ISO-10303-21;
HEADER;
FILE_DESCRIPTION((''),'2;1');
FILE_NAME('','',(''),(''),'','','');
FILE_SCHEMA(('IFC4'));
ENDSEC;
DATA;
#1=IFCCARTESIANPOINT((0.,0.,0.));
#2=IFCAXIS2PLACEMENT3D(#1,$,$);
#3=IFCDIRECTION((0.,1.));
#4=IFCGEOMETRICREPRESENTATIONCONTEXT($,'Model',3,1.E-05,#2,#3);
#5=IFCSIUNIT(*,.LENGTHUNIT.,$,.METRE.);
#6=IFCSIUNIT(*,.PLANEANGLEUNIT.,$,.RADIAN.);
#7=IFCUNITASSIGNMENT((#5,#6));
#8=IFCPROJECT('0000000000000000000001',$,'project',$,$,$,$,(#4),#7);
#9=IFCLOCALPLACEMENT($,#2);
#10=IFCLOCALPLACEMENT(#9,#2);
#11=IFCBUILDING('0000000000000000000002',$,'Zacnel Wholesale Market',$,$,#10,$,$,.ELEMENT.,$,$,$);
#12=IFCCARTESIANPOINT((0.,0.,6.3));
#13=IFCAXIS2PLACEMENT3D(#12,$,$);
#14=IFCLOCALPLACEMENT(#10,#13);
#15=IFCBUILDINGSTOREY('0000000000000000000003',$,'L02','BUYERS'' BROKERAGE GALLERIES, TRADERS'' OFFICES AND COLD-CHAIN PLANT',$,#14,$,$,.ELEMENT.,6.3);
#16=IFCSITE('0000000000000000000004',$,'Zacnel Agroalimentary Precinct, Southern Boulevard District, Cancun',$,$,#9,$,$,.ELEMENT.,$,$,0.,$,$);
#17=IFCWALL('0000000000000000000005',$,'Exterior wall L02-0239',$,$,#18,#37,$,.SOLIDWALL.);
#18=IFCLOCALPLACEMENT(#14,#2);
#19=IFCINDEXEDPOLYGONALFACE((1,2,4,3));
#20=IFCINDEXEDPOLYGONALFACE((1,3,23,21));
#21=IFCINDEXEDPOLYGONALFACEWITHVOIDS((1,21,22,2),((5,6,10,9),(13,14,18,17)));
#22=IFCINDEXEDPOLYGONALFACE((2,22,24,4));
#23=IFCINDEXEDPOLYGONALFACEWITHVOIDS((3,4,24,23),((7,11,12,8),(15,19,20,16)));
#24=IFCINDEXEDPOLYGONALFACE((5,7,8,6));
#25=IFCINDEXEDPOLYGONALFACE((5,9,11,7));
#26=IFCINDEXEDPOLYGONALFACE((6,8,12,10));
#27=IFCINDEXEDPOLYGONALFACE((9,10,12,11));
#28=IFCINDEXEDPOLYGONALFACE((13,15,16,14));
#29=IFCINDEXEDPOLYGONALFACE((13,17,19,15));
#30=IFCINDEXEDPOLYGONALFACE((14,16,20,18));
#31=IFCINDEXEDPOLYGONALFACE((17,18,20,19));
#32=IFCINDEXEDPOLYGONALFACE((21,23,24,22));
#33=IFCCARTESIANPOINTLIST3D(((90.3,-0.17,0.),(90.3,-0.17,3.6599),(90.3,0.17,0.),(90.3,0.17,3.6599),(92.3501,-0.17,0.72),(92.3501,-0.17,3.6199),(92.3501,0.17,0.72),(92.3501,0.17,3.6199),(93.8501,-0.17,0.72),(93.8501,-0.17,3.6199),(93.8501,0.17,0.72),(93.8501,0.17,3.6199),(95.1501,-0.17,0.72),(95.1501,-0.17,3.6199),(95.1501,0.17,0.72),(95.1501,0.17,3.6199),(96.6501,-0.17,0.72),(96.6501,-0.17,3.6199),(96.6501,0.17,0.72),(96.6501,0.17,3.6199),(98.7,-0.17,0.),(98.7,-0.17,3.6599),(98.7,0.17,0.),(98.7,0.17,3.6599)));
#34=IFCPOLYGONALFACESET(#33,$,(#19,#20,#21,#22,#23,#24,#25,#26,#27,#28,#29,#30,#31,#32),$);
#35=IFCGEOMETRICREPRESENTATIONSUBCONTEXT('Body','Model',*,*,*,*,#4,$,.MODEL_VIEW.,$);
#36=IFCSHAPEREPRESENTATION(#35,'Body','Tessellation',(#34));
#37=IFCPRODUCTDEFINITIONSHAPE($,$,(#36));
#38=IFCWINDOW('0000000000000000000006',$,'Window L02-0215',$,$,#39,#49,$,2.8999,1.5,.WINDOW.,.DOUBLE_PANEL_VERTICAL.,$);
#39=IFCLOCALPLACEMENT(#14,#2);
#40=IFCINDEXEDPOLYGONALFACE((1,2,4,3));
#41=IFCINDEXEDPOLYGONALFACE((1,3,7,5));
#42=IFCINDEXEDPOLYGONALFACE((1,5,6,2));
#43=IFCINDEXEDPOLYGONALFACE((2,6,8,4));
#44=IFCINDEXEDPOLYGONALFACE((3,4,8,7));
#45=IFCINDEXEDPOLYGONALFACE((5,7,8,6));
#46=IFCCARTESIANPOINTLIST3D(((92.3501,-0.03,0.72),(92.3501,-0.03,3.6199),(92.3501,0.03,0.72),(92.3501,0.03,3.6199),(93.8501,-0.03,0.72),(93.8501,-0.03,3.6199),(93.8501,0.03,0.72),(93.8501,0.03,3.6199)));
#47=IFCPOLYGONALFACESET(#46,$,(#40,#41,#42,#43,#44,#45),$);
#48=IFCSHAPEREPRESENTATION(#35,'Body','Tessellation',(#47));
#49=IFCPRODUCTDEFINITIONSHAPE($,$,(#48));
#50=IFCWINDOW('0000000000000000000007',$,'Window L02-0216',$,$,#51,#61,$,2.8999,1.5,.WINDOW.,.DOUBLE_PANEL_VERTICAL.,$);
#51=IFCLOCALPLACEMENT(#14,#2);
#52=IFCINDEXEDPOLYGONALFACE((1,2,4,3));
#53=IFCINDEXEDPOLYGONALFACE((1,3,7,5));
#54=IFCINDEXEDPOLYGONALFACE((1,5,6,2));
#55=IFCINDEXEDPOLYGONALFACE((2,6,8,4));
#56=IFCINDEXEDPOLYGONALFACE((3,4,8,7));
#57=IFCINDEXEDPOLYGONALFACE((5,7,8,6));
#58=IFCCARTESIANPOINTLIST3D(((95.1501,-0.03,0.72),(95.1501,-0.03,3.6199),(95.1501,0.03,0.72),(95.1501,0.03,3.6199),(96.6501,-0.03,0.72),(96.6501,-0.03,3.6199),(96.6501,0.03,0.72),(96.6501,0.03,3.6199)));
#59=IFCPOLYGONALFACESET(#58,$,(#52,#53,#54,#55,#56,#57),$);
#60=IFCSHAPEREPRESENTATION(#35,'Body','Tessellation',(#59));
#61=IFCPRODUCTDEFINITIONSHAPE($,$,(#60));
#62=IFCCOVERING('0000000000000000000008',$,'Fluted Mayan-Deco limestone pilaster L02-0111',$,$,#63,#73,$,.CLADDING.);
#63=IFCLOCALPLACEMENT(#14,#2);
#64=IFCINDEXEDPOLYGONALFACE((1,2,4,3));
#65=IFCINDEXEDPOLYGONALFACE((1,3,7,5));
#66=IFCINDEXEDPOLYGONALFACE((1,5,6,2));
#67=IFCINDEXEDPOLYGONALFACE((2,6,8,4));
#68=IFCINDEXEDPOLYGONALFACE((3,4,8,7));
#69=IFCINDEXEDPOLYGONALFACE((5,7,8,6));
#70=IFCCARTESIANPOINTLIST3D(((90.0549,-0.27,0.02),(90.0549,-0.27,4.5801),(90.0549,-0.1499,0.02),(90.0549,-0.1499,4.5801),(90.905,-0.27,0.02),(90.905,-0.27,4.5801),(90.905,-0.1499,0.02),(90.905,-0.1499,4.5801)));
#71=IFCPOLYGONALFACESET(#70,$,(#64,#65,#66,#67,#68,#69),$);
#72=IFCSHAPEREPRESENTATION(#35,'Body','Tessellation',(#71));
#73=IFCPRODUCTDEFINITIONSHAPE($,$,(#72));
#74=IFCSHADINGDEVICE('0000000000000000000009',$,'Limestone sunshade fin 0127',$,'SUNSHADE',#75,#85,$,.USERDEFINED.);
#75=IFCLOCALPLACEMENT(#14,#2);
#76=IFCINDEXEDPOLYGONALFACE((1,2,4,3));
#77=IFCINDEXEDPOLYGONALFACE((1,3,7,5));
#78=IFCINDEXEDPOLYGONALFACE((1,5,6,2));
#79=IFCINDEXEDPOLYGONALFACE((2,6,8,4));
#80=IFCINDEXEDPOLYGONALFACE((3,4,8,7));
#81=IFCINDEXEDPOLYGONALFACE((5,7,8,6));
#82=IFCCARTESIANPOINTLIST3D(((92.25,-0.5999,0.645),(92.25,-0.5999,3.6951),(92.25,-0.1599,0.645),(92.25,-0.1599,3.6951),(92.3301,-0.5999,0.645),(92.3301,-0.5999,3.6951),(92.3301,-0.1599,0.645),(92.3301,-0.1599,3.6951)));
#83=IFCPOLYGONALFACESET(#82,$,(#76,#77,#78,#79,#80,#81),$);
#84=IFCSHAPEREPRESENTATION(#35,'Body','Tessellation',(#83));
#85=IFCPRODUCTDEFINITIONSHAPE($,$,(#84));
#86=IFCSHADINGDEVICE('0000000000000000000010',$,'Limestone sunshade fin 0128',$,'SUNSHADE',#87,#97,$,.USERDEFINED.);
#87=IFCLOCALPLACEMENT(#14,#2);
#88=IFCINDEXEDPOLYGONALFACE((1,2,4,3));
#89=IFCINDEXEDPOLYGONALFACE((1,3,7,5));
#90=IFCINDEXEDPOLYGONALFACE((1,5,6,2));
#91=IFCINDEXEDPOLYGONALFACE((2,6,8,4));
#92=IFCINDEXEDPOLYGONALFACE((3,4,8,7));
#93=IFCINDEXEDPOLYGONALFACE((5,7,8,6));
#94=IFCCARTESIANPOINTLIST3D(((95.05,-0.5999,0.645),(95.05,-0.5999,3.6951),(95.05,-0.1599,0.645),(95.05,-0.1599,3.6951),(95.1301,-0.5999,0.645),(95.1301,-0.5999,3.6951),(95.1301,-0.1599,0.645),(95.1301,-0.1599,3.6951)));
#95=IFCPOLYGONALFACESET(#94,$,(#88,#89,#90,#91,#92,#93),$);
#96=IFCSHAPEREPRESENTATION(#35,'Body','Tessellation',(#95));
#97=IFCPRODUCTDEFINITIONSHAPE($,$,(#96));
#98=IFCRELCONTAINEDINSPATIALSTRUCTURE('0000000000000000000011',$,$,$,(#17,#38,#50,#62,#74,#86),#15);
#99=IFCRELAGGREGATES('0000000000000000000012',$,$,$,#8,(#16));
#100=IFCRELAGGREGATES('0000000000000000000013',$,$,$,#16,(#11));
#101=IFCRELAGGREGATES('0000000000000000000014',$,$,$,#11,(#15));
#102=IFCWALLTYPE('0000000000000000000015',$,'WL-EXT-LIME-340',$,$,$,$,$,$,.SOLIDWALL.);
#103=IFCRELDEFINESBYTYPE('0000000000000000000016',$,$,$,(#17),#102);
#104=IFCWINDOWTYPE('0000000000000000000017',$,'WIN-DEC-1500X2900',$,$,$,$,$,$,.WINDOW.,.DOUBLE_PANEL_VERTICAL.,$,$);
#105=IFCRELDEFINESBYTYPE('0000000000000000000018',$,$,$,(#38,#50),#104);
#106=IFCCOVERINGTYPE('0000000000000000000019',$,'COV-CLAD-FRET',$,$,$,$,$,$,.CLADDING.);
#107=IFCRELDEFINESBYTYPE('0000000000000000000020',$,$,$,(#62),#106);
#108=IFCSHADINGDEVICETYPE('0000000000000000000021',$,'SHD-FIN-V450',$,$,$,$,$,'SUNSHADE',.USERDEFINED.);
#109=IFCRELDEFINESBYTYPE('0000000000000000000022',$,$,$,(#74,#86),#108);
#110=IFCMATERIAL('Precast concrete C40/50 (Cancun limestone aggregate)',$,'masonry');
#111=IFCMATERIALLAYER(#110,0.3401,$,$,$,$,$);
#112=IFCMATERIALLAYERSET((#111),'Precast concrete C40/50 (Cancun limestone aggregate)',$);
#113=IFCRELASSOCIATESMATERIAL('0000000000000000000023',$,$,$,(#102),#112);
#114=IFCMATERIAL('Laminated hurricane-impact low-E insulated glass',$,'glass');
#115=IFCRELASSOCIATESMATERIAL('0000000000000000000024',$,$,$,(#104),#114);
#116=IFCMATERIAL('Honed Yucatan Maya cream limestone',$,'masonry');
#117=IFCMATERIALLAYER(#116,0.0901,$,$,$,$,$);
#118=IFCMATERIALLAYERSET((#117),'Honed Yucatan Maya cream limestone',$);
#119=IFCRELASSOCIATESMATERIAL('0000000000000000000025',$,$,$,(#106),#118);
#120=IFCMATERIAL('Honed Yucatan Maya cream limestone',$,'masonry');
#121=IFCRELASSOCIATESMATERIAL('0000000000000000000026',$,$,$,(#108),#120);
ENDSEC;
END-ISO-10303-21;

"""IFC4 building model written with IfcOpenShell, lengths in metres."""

from ifc_helpers import new_model, si_unit, direction, frame, frame_2d, origin, origin_2d, place, context, subcontext, project, spatial, rectangle, extrude, material, layer, layer_set, type_object, element, fill, save


model = new_model("IFC4")

# Units and contexts
model_context = context("Model", 3, precision=1e-05, world=origin(), true_north=direction((0.0, 1.0)))
body_context = subcontext(model_context, "Body", "Model", "MODEL_VIEW")
ifc_project = project(units=[si_unit("LENGTHUNIT", "METRE"), si_unit("PLANEANGLEUNIT", "RADIAN")], contexts=[model_context])

# Site, building, storey
site_placement = place(None, origin())
site = spatial("IfcSite", under=ifc_project, at=site_placement, Name="Zacnel Agroalimentary Precinct, Southern Boulevard District, Cancun", CompositionType="ELEMENT", RefElevation=0.0)
building_placement = place(site_placement, origin())
building = spatial("IfcBuilding", under=site, at=building_placement, Name="Zacnel Wholesale Market", CompositionType="ELEMENT")
storey_placement = place(building_placement, frame((0.0, 0.0, 6.3)))
storey = spatial("IfcBuildingStorey", under=building, at=storey_placement, Name="L02", Description="BUYERS' BROKERAGE GALLERIES, TRADERS' OFFICES AND COLD-CHAIN PLANT", CompositionType="ELEMENT", Elevation=6.3)

# Wall, openings, windows
ifc_material_1 = material(Name="Precast concrete C40/50 (Cancun limestone aggregate)", Category="masonry")
ifc_layer_1 = layer(ifc_material_1, 0.3401)
ifc_layer_set_1 = layer_set([ifc_layer_1], Name="Precast concrete C40/50 (Cancun limestone aggregate)")
wall_type = type_object("IfcWallType", Name="WL-EXT-LIME-340", PredefinedType="SOLIDWALL", material=ifc_layer_set_1)
wall_placement = place(storey_placement, frame((90.3, 0.0, 0.0), z_axis=(0.0, 0.0, 1.0), x_axis=(1.0, 0.0, 0.0)))
wall = element("IfcWall", 1, at=wall_placement, inside=storey, type_object=wall_type, Name="Exterior wall L02-0239", PredefinedType="SOLIDWALL", context=body_context, shape_type="SweptSolid", body=[
    extrude(rectangle(XDim=8.3999, YDim=0.3401, at=frame_2d((4.2, 0.0))), origin(), (0.0, 0.0, 1.0), 3.6599),
])
opening_1_placement = place(wall_placement, frame((2.05, 0.0, 0.72)))
opening_1 = element("IfcOpeningElement", 2, at=opening_1_placement, cuts=wall, PredefinedType="OPENING", context=body_context, shape_type="SweptSolid", body=[
    extrude(rectangle(XDim=1.5, YDim=2.8999, at=frame_2d((0.75, 1.45))), frame((0.0, 0.1799, 0.0), z_axis=(0.0, -1.0, 0.0), x_axis=(1.0, 0.0, 0.0)), (0.0, 0.0, 1.0), 0.3601),
])
opening_2_placement = place(wall_placement, frame((4.8501, 0.0, 0.72)))
opening_2 = element("IfcOpeningElement", 3, at=opening_2_placement, cuts=wall, PredefinedType="OPENING", context=body_context, shape_type="SweptSolid", body=[
    extrude(rectangle(XDim=1.5, YDim=2.8999, at=frame_2d((0.75, 1.45))), frame((0.0, 0.1799, 0.0), z_axis=(0.0, -1.0, 0.0), x_axis=(1.0, 0.0, 0.0)), (0.0, 0.0, 1.0), 0.3601),
])
ifc_material_2 = material(Name="Laminated hurricane-impact low-E insulated glass", Category="glass")
window_type = type_object("IfcWindowType", Name="WIN-DEC-1500X2900", PartitioningType="DOUBLE_PANEL_VERTICAL", PredefinedType="WINDOW", material=ifc_material_2)
window_1_placement = place(opening_1_placement, origin())
window_1 = element("IfcWindow", 4, at=window_1_placement, inside=storey, type_object=window_type, Name="Window L02-0215", OverallHeight=2.8999, OverallWidth=1.5, PartitioningType="DOUBLE_PANEL_VERTICAL", PredefinedType="WINDOW", context=body_context, shape_type="SweptSolid", body=[
    extrude(rectangle(XDim=1.5, YDim=2.8999, at=frame_2d((0.75, 1.45))), frame((0.0, 0.03, 0.0), z_axis=(0.0, -1.0, 0.0), x_axis=(1.0, 0.0, 0.0)), (0.0, 0.0, 1.0), 0.0601),
])
fill(opening_1, window_1)
window_2_placement = place(opening_2_placement, origin())
window_2 = element("IfcWindow", 5, at=window_2_placement, inside=storey, type_object=window_type, Name="Window L02-0216", OverallHeight=2.8999, OverallWidth=1.5, PartitioningType="DOUBLE_PANEL_VERTICAL", PredefinedType="WINDOW", context=body_context, shape_type="SweptSolid", body=[
    extrude(rectangle(XDim=1.5, YDim=2.8999, at=frame_2d((0.75, 1.45))), frame((0.0, 0.03, 0.0), z_axis=(0.0, -1.0, 0.0), x_axis=(1.0, 0.0, 0.0)), (0.0, 0.0, 1.0), 0.0601),
])
fill(opening_2, window_2)

# Covering
ifc_material_3 = material(Name="Honed Yucatan Maya cream limestone", Category="masonry")
ifc_layer_2 = layer(ifc_material_3, 0.0901)
ifc_layer_set_2 = layer_set([ifc_layer_2], Name="Honed Yucatan Maya cream limestone")
covering_type = type_object("IfcCoveringType", Name="COV-CLAD-FRET", PredefinedType="CLADDING", material=ifc_layer_set_2)
covering_placement = place(storey_placement, frame((90.48, -0.21, 0.02), z_axis=(0.0, 0.0, 1.0), x_axis=(1.0, 0.0, 0.0)))
element("IfcCovering", 6, at=covering_placement, inside=storey, type_object=covering_type, Name="Fluted Mayan-Deco limestone pilaster L02-0111", PredefinedType="CLADDING", context=body_context, shape_type="SweptSolid", body=[
    extrude(rectangle(XDim=0.8501, YDim=0.1201, at=origin_2d()), origin(), (0.0, 0.0, 1.0), 4.5601),
])

# Shading devices
ifc_material_4 = material(Name="Honed Yucatan Maya cream limestone", Category="masonry")
shading_device_type = type_object("IfcShadingDeviceType", Name="SHD-FIN-V450", ElementType="SUNSHADE", PredefinedType="USERDEFINED", material=ifc_material_4)
for number, where, z_axis, x_axis, name in (
    (7, (92.29, -0.3799, 0.645), (0.0, 0.0, 1.0), (1.0, 0.0, 0.0), "Limestone sunshade fin 0127"),
    (8, (95.0901, -0.3799, 0.645), (0.0, 0.0, 1.0), (1.0, 0.0, 0.0), "Limestone sunshade fin 0128"),
):
    element("IfcShadingDevice", number, at=place(storey_placement, frame(where, z_axis=z_axis, x_axis=x_axis)), inside=storey, type_object=shading_device_type, Name=name, ObjectType="SUNSHADE", PredefinedType="USERDEFINED", context=body_context, shape_type="SweptSolid", body=[
        extrude(rectangle(XDim=0.0801, YDim=0.4399, at=origin_2d()), origin(), (0.0, 0.0, 1.0), 3.05),
    ])

save(model, "model.ifc")
